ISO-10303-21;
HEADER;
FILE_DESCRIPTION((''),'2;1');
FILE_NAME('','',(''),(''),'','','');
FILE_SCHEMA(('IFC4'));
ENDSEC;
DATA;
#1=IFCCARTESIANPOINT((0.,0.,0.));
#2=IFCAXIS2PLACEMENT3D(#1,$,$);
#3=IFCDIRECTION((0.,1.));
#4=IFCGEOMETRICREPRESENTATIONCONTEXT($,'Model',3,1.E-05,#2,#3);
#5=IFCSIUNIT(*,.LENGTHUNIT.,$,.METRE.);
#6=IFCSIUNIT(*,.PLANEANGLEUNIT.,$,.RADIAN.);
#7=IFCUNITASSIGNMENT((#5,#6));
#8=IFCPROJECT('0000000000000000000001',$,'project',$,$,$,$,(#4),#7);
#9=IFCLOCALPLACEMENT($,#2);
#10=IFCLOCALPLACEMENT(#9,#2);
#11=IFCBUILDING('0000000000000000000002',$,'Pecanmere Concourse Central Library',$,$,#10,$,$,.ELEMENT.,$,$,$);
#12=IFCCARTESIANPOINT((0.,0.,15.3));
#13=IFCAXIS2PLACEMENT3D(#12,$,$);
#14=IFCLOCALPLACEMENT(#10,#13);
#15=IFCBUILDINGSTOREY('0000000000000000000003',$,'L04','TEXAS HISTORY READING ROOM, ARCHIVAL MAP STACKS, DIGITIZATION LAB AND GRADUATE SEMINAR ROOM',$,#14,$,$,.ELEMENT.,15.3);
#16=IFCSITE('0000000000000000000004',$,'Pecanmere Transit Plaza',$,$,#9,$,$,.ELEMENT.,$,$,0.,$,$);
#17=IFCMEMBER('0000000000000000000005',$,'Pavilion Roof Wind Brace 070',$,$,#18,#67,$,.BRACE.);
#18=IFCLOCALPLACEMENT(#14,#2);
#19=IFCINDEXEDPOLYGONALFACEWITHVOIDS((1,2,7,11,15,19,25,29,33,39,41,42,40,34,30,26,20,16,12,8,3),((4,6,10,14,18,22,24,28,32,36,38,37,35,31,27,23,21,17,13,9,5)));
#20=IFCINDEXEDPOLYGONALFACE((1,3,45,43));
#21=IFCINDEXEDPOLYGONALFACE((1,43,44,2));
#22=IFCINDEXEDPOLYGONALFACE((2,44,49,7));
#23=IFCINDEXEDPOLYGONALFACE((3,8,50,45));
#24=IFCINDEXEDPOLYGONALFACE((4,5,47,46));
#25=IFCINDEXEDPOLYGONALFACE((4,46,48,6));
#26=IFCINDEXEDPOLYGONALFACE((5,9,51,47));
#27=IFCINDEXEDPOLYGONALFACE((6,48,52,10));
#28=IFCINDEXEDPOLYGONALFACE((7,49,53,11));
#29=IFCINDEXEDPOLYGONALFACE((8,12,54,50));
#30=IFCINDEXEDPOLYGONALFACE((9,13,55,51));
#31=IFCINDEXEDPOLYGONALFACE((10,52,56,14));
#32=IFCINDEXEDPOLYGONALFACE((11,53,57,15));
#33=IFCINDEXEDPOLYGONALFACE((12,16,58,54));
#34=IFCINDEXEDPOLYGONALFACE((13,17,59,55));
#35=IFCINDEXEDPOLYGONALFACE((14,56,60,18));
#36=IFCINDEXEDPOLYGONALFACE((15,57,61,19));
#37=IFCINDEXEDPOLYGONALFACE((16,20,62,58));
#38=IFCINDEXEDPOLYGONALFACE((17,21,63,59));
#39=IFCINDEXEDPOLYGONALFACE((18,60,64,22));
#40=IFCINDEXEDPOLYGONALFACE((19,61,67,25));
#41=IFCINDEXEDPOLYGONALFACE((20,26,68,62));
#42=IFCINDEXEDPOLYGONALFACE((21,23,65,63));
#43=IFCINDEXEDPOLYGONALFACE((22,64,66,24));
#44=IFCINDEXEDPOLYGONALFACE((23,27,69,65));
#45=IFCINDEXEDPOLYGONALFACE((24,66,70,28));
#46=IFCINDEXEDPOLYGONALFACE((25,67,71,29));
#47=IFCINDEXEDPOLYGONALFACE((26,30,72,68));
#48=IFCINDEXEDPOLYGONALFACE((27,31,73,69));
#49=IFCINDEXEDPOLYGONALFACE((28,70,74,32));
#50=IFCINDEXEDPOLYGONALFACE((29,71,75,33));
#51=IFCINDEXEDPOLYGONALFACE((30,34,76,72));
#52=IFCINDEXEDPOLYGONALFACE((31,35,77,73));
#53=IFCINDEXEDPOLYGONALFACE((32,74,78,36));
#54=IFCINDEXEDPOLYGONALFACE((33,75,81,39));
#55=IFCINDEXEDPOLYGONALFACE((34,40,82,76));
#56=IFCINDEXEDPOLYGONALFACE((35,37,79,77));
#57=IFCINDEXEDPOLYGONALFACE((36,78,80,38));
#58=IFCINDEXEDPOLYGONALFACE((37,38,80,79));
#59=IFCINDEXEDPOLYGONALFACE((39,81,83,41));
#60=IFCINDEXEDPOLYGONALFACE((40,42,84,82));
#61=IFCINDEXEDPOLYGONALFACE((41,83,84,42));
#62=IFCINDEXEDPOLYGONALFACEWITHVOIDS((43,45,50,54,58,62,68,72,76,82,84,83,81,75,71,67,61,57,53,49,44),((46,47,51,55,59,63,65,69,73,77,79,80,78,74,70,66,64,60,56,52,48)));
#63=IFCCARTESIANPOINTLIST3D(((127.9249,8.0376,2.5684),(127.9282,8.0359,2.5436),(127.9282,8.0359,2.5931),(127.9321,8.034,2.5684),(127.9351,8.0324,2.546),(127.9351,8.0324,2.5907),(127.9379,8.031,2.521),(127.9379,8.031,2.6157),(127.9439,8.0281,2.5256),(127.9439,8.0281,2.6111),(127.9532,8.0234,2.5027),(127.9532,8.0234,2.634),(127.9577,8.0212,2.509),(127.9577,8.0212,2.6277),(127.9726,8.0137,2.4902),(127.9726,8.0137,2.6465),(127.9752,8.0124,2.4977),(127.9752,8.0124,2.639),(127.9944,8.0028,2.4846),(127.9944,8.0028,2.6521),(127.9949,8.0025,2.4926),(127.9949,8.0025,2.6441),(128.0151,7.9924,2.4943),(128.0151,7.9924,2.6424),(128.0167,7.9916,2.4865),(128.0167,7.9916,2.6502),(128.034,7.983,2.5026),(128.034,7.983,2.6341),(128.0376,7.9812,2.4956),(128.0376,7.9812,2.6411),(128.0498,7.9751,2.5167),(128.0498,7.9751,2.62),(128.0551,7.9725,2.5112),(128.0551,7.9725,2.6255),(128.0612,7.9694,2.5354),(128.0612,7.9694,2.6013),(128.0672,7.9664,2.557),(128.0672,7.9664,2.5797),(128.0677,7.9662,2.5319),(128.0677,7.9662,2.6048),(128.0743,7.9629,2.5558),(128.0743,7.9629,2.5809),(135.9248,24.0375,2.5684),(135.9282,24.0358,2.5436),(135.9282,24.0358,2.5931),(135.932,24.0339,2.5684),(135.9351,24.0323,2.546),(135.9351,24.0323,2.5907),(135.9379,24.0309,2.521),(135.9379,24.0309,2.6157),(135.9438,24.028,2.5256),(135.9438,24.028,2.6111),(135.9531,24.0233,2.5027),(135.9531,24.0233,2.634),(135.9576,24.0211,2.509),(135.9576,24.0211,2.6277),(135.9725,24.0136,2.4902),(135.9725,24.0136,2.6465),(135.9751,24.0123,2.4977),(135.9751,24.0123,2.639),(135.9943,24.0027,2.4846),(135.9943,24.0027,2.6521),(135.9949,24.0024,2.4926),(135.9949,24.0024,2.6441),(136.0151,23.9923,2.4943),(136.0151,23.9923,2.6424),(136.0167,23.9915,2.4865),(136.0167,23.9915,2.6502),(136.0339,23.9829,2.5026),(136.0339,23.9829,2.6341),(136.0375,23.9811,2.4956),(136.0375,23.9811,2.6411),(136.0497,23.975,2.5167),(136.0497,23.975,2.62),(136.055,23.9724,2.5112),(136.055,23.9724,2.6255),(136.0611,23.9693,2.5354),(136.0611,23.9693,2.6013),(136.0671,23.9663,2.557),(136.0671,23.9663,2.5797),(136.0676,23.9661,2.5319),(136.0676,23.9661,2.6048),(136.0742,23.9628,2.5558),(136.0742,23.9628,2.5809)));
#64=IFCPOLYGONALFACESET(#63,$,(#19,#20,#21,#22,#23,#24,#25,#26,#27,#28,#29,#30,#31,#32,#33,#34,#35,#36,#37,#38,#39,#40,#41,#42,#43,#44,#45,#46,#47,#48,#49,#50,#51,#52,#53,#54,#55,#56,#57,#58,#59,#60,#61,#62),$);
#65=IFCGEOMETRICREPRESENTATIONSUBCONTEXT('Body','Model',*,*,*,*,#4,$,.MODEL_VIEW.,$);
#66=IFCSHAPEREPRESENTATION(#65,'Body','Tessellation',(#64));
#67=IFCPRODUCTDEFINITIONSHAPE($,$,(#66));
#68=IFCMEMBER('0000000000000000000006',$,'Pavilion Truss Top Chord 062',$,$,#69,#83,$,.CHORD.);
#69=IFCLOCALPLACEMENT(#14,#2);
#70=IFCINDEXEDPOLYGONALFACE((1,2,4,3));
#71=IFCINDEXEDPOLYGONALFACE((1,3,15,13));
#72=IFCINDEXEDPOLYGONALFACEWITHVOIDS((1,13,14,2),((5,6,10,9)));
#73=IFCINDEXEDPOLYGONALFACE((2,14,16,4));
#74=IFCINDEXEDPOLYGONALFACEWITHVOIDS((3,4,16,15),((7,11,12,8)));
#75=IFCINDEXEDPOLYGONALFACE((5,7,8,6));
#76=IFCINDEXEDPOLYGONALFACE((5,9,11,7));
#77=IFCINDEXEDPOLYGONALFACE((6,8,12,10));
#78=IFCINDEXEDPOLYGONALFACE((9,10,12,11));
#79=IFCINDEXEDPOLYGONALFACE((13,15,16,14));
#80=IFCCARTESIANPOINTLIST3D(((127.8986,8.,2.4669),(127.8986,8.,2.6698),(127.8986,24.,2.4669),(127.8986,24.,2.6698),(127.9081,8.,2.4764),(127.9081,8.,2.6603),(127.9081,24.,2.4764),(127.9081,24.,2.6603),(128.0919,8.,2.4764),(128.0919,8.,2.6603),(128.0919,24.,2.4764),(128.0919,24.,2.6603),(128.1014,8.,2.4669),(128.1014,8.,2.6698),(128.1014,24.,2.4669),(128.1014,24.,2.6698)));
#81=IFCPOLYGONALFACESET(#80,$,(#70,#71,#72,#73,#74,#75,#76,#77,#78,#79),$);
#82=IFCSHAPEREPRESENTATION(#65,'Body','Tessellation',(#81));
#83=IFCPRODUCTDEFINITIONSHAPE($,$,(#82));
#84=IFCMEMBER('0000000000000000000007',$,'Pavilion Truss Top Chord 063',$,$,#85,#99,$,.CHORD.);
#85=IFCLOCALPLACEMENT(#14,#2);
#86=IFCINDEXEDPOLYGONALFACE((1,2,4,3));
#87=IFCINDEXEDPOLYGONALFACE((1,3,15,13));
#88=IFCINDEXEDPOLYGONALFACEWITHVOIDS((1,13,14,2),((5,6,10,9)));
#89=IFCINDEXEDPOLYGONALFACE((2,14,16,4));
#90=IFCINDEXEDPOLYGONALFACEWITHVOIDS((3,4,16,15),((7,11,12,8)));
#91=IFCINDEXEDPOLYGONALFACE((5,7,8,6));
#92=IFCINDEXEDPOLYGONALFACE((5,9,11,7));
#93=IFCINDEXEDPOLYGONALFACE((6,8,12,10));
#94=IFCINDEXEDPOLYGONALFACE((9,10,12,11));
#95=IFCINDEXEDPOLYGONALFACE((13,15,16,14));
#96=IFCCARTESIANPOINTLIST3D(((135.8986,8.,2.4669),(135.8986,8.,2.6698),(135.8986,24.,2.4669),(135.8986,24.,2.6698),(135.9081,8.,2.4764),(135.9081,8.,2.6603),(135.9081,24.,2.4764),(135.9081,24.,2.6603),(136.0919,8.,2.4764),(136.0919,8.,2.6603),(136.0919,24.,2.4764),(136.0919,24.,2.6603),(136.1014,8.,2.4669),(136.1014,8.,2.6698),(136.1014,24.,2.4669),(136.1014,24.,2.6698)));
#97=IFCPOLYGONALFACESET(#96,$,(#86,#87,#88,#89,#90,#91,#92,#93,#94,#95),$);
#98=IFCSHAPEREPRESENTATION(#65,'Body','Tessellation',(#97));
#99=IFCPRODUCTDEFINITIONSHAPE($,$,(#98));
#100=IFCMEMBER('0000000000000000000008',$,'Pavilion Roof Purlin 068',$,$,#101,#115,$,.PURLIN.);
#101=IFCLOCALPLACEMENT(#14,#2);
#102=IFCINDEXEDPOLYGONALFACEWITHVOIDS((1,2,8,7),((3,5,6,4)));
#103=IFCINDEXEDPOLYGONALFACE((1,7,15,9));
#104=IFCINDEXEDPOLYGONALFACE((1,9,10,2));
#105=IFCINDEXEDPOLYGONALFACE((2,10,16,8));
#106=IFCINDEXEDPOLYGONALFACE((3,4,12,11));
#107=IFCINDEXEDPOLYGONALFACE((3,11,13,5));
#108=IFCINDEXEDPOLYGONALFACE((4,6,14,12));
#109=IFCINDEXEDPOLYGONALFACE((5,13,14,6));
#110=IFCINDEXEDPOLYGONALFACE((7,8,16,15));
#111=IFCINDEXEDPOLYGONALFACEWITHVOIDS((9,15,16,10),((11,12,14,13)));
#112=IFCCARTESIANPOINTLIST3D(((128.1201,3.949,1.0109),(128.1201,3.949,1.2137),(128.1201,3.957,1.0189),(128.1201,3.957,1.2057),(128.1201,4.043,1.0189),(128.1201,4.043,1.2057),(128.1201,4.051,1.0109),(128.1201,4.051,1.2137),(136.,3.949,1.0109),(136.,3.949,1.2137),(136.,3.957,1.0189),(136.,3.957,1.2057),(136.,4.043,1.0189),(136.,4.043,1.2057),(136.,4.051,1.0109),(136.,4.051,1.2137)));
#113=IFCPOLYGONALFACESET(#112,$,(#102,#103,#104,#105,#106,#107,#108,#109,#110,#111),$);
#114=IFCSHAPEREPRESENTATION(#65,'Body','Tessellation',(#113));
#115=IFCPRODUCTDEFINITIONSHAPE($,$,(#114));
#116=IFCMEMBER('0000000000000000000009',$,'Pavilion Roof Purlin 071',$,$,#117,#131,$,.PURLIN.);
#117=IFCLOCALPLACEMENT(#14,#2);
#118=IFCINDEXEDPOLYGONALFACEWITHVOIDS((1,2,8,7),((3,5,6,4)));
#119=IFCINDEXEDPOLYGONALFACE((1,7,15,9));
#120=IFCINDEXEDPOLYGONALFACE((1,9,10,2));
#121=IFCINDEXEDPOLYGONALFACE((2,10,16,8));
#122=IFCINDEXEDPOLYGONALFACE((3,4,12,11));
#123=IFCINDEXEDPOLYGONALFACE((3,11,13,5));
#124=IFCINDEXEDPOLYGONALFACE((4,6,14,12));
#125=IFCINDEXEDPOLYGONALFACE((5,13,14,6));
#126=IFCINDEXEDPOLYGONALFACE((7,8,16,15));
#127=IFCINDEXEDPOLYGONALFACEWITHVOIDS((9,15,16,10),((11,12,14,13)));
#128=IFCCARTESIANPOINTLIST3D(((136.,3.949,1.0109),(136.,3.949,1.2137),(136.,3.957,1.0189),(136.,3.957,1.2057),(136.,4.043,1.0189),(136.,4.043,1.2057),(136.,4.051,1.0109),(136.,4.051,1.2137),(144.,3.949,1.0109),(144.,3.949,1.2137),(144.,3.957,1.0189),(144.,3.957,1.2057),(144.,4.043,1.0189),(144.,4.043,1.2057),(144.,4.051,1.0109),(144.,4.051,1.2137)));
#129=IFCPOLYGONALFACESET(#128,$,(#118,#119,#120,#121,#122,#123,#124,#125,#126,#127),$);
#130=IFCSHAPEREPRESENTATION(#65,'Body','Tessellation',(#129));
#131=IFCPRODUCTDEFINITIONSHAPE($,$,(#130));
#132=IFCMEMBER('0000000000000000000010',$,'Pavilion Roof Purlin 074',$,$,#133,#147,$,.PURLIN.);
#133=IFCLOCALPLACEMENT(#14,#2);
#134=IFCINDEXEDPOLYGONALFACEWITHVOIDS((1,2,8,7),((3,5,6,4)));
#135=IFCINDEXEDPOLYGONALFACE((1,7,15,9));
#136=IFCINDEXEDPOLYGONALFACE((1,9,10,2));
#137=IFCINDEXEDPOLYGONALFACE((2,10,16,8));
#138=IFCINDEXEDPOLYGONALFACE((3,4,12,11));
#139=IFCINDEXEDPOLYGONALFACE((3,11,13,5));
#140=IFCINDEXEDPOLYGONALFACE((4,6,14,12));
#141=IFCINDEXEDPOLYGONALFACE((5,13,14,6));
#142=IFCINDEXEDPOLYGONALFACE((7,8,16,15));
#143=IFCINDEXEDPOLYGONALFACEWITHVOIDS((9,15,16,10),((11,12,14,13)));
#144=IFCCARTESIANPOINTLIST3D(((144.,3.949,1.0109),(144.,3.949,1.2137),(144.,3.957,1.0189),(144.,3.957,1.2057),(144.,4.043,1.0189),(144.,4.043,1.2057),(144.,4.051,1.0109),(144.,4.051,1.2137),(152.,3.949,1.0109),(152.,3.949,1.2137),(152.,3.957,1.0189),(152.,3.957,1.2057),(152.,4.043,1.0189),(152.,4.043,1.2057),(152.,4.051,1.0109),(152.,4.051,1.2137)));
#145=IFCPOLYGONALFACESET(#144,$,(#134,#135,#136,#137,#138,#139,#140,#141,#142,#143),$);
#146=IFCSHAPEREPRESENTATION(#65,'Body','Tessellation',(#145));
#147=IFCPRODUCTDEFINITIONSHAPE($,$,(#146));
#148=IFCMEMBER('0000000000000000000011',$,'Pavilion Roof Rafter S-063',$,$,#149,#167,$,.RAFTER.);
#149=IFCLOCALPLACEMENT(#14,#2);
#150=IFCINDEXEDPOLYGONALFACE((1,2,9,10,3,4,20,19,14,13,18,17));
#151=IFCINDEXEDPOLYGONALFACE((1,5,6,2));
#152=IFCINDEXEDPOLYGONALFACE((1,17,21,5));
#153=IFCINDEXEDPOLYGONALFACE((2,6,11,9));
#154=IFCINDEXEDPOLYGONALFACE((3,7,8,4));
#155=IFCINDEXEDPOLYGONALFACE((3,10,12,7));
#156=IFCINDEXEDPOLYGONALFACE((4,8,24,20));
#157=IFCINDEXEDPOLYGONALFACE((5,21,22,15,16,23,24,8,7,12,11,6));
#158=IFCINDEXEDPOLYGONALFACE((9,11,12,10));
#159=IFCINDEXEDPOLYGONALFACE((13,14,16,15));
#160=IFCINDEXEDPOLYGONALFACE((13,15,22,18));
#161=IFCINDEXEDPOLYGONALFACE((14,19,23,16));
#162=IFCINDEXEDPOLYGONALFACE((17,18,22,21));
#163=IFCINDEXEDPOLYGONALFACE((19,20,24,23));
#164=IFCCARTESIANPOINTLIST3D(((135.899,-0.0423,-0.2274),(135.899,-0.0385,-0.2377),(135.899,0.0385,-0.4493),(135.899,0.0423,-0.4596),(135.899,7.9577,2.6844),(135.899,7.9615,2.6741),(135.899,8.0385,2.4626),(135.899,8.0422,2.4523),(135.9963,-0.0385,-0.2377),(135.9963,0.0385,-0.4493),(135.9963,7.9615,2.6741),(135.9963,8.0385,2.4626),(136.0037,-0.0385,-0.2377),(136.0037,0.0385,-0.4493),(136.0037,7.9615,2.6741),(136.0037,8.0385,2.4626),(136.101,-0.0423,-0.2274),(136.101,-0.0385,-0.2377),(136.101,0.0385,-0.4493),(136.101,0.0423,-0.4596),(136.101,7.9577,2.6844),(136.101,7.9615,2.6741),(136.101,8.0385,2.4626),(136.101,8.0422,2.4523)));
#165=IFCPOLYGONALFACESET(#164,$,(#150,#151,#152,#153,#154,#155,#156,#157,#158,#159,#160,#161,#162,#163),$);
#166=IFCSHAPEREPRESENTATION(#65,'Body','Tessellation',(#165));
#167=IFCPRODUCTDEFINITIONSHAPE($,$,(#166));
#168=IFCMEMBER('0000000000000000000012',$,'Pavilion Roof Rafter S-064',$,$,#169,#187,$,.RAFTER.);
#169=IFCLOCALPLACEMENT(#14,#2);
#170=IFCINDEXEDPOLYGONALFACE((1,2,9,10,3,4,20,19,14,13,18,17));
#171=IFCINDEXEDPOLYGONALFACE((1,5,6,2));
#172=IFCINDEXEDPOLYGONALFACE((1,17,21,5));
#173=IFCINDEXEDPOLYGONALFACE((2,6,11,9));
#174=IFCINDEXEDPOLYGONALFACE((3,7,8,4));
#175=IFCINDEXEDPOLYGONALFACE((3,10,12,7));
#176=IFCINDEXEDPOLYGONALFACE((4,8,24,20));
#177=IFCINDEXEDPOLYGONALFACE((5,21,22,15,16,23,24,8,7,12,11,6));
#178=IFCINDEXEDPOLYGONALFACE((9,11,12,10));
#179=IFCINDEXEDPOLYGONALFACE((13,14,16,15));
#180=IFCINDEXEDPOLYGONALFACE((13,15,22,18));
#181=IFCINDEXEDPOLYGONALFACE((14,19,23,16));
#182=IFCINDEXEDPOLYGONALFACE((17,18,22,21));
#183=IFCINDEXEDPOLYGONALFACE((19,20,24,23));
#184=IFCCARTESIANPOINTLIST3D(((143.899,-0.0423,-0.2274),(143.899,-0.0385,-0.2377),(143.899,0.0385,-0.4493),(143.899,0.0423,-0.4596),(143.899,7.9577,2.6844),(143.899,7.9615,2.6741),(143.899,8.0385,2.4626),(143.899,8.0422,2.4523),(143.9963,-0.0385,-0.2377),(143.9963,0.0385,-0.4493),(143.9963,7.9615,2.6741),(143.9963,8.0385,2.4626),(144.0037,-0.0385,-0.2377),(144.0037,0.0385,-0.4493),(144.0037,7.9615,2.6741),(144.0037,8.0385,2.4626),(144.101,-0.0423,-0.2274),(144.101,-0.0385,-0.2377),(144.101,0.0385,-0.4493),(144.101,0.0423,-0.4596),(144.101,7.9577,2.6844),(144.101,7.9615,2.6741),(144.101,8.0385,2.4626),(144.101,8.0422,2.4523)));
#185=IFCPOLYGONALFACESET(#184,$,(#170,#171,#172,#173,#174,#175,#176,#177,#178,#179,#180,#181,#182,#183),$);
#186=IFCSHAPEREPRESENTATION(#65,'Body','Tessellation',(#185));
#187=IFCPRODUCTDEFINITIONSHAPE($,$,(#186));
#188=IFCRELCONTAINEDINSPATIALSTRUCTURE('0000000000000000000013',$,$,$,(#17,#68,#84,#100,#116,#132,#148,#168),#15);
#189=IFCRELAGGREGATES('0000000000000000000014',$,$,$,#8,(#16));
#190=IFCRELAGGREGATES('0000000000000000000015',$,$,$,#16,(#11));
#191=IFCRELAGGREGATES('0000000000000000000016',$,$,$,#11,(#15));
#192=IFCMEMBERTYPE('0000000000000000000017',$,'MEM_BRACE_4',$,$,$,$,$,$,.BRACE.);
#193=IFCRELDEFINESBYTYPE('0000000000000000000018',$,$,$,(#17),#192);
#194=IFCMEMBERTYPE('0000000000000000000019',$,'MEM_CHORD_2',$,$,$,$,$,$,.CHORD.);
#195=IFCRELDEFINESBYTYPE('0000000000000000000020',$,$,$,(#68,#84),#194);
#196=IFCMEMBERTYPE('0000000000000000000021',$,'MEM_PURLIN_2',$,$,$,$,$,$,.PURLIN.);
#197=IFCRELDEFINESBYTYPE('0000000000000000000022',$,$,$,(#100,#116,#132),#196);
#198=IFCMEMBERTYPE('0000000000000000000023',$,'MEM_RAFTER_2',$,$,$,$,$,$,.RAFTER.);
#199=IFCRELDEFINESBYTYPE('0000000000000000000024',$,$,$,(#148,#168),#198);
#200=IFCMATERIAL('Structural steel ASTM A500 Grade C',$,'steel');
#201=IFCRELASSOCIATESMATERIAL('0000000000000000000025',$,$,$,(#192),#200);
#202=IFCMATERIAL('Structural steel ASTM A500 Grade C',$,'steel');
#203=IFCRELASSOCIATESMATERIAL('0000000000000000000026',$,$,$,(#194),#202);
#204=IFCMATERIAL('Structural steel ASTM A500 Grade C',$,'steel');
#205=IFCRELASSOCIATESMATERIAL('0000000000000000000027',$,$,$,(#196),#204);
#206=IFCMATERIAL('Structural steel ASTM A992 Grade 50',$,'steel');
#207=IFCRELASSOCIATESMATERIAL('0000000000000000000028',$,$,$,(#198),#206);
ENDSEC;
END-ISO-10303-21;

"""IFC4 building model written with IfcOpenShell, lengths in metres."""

from ifc_helpers import new_model, si_unit, direction, frame, origin, origin_2d, place, context, subcontext, project, spatial, hollow_rectangle, hollow_circle, i_section, extrude, material, material_profile, profile_set, type_object, element, save


model = new_model("IFC4")

# Units and contexts
model_context = context("Model", 3, precision=1e-05, world=origin(), true_north=direction((0.0, 1.0)))
body_context = subcontext(model_context, "Body", "Model", "MODEL_VIEW")
ifc_project = project(units=[si_unit("LENGTHUNIT", "METRE"), si_unit("PLANEANGLEUNIT", "RADIAN")], contexts=[model_context])

# Site, building, storey
site_placement = place(None, origin())
site = spatial("IfcSite", under=ifc_project, at=site_placement, Name="Pecanmere Transit Plaza", CompositionType="ELEMENT", RefElevation=0.0)
building_placement = place(site_placement, origin())
building = spatial("IfcBuilding", under=site, at=building_placement, Name="Pecanmere Concourse Central Library", CompositionType="ELEMENT")
storey_placement = place(building_placement, frame((0.0, 0.0, 15.3)))
storey = spatial("IfcBuildingStorey", under=building, at=storey_placement, Name="L04", Description="TEXAS HISTORY READING ROOM, ARCHIVAL MAP STACKS, DIGITIZATION LAB AND GRADUATE SEMINAR ROOM", CompositionType="ELEMENT", Elevation=15.3)

# Members
ifc_material_1 = material(Name="Structural steel ASTM A500 Grade C", Category="steel")
ifc_material_profile_1 = material_profile(ifc_material_1, hollow_circle(Radius=0.084, WallThickness=0.0081, at=origin_2d()), Name="HSS168.3x8.0")
ifc_profile_set_1 = profile_set([ifc_material_profile_1], Name="Structural steel ASTM A500 Grade C")
member_type_1 = type_object("IfcMemberType", Name="MEM_BRACE_4", PredefinedType="BRACE", material=ifc_profile_set_1)
member_1_placement = place(storey_placement, frame((128.0, 8.0, 2.5684), z_axis=(0.447214, 0.894427, 0.0), x_axis=(-0.894427, 0.447214, 0.0)))
element("IfcMember", 1, at=member_1_placement, inside=storey, type_object=member_type_1, Name="Pavilion Roof Wind Brace 070", PredefinedType="BRACE", context=body_context, shape_type="SweptSolid", body=[
    extrude(hollow_circle(Radius=0.084, WallThickness=0.0081, at=origin_2d()), origin(), (0.0, 0.0, 1.0), 17.8884),
])
ifc_material_2 = material(Name="Structural steel ASTM A500 Grade C", Category="steel")
ifc_material_profile_2 = material_profile(ifc_material_2, hollow_rectangle(XDim=0.2029, YDim=0.2029, WallThickness=0.0095, at=origin_2d()), Name="HSS203x203x9.5")
ifc_profile_set_2 = profile_set([ifc_material_profile_2], Name="Structural steel ASTM A500 Grade C")
member_type_2 = type_object("IfcMemberType", Name="MEM_CHORD_2", PredefinedType="CHORD", material=ifc_profile_set_2)
for number, where, z_axis, x_axis, name in (
    (2, (128.0, 8.0, 2.5684), (0.0, 1.0, 0.0), (-1.0, 0.0, 0.0), "Pavilion Truss Top Chord 062"),
    (3, (136.0, 8.0, 2.5684), (0.0, 1.0, 0.0), (-1.0, 0.0, 0.0), "Pavilion Truss Top Chord 063"),
):
    element("IfcMember", number, at=place(storey_placement, frame(where, z_axis=z_axis, x_axis=x_axis)), inside=storey, type_object=member_type_2, Name=name, PredefinedType="CHORD", context=body_context, shape_type="SweptSolid", body=[
        extrude(hollow_rectangle(XDim=0.2029, YDim=0.2029, WallThickness=0.0095, at=origin_2d()), origin(), (0.0, 0.0, 1.0), 16.0),
    ])
ifc_material_3 = material(Name="Structural steel ASTM A500 Grade C", Category="steel")
ifc_material_profile_3 = material_profile(ifc_material_3, hollow_rectangle(XDim=0.1021, YDim=0.2029, WallThickness=0.0081, at=origin_2d()), Name="HSS203x102x8.0")
ifc_profile_set_3 = profile_set([ifc_material_profile_3], Name="Structural steel ASTM A500 Grade C")
member_type_3 = type_object("IfcMemberType", Name="MEM_PURLIN_2", PredefinedType="PURLIN", material=ifc_profile_set_3)
member_2_placement = place(storey_placement, frame((128.1201, 4.0, 1.1123), z_axis=(1.0, 0.0, 0.0), x_axis=(0.0, 1.0, 0.0)))
element("IfcMember", 4, at=member_2_placement, inside=storey, type_object=member_type_3, Name="Pavilion Roof Purlin 068", PredefinedType="PURLIN", context=body_context, shape_type="SweptSolid", body=[
    extrude(hollow_rectangle(XDim=0.1021, YDim=0.2029, WallThickness=0.0081, at=origin_2d()), origin(), (0.0, 0.0, 1.0), 7.8799),
])
for number, where, z_axis, x_axis, name in (
    (5, (136.0, 4.0, 1.1123), (1.0, 0.0, 0.0), (0.0, 1.0, 0.0), "Pavilion Roof Purlin 071"),
    (6, (144.0, 4.0, 1.1123), (1.0, 0.0, 0.0), (0.0, 1.0, 0.0), "Pavilion Roof Purlin 074"),
):
    element("IfcMember", number, at=place(storey_placement, frame(where, z_axis=z_axis, x_axis=x_axis)), inside=storey, type_object=member_type_3, Name=name, PredefinedType="PURLIN", context=body_context, shape_type="SweptSolid", body=[
        extrude(hollow_rectangle(XDim=0.1021, YDim=0.2029, WallThickness=0.0081, at=origin_2d()), origin(), (0.0, 0.0, 1.0), 8.0),
    ])
ifc_material_4 = material(Name="Structural steel ASTM A992 Grade 50", Category="steel")
ifc_material_profile_4 = material_profile(ifc_material_4, i_section(OverallWidth=0.2019, OverallDepth=0.2471, WebThickness=0.0073, FlangeThickness=0.011, at=origin_2d()), Name="W250x49.1")
ifc_profile_set_4 = profile_set([ifc_material_profile_4], Name="Structural steel ASTM A992 Grade 50")
member_type_4 = type_object("IfcMemberType", Name="MEM_RAFTER_2", PredefinedType="RAFTER", material=ifc_profile_set_4)
for number, where, z_axis, x_axis, name in (
    (7, (136.0, 0.0, -0.3435), (0.0, 0.939689, 0.342031), (-1.0, 0.0, 0.0), "Pavilion Roof Rafter S-063"),
    (8, (144.0, 0.0, -0.3435), (0.0, 0.939689, 0.342031), (-1.0, 0.0, 0.0), "Pavilion Roof Rafter S-064"),
):
    element("IfcMember", number, at=place(storey_placement, frame(where, z_axis=z_axis, x_axis=x_axis)), inside=storey, type_object=member_type_4, Name=name, PredefinedType="RAFTER", context=body_context, shape_type="SweptSolid", body=[
        extrude(i_section(OverallWidth=0.2019, OverallDepth=0.2471, WebThickness=0.0073, FlangeThickness=0.011, at=origin_2d()), origin(), (0.0, 0.0, 1.0), 8.5134),
    ])

save(model, "model.ifc")
